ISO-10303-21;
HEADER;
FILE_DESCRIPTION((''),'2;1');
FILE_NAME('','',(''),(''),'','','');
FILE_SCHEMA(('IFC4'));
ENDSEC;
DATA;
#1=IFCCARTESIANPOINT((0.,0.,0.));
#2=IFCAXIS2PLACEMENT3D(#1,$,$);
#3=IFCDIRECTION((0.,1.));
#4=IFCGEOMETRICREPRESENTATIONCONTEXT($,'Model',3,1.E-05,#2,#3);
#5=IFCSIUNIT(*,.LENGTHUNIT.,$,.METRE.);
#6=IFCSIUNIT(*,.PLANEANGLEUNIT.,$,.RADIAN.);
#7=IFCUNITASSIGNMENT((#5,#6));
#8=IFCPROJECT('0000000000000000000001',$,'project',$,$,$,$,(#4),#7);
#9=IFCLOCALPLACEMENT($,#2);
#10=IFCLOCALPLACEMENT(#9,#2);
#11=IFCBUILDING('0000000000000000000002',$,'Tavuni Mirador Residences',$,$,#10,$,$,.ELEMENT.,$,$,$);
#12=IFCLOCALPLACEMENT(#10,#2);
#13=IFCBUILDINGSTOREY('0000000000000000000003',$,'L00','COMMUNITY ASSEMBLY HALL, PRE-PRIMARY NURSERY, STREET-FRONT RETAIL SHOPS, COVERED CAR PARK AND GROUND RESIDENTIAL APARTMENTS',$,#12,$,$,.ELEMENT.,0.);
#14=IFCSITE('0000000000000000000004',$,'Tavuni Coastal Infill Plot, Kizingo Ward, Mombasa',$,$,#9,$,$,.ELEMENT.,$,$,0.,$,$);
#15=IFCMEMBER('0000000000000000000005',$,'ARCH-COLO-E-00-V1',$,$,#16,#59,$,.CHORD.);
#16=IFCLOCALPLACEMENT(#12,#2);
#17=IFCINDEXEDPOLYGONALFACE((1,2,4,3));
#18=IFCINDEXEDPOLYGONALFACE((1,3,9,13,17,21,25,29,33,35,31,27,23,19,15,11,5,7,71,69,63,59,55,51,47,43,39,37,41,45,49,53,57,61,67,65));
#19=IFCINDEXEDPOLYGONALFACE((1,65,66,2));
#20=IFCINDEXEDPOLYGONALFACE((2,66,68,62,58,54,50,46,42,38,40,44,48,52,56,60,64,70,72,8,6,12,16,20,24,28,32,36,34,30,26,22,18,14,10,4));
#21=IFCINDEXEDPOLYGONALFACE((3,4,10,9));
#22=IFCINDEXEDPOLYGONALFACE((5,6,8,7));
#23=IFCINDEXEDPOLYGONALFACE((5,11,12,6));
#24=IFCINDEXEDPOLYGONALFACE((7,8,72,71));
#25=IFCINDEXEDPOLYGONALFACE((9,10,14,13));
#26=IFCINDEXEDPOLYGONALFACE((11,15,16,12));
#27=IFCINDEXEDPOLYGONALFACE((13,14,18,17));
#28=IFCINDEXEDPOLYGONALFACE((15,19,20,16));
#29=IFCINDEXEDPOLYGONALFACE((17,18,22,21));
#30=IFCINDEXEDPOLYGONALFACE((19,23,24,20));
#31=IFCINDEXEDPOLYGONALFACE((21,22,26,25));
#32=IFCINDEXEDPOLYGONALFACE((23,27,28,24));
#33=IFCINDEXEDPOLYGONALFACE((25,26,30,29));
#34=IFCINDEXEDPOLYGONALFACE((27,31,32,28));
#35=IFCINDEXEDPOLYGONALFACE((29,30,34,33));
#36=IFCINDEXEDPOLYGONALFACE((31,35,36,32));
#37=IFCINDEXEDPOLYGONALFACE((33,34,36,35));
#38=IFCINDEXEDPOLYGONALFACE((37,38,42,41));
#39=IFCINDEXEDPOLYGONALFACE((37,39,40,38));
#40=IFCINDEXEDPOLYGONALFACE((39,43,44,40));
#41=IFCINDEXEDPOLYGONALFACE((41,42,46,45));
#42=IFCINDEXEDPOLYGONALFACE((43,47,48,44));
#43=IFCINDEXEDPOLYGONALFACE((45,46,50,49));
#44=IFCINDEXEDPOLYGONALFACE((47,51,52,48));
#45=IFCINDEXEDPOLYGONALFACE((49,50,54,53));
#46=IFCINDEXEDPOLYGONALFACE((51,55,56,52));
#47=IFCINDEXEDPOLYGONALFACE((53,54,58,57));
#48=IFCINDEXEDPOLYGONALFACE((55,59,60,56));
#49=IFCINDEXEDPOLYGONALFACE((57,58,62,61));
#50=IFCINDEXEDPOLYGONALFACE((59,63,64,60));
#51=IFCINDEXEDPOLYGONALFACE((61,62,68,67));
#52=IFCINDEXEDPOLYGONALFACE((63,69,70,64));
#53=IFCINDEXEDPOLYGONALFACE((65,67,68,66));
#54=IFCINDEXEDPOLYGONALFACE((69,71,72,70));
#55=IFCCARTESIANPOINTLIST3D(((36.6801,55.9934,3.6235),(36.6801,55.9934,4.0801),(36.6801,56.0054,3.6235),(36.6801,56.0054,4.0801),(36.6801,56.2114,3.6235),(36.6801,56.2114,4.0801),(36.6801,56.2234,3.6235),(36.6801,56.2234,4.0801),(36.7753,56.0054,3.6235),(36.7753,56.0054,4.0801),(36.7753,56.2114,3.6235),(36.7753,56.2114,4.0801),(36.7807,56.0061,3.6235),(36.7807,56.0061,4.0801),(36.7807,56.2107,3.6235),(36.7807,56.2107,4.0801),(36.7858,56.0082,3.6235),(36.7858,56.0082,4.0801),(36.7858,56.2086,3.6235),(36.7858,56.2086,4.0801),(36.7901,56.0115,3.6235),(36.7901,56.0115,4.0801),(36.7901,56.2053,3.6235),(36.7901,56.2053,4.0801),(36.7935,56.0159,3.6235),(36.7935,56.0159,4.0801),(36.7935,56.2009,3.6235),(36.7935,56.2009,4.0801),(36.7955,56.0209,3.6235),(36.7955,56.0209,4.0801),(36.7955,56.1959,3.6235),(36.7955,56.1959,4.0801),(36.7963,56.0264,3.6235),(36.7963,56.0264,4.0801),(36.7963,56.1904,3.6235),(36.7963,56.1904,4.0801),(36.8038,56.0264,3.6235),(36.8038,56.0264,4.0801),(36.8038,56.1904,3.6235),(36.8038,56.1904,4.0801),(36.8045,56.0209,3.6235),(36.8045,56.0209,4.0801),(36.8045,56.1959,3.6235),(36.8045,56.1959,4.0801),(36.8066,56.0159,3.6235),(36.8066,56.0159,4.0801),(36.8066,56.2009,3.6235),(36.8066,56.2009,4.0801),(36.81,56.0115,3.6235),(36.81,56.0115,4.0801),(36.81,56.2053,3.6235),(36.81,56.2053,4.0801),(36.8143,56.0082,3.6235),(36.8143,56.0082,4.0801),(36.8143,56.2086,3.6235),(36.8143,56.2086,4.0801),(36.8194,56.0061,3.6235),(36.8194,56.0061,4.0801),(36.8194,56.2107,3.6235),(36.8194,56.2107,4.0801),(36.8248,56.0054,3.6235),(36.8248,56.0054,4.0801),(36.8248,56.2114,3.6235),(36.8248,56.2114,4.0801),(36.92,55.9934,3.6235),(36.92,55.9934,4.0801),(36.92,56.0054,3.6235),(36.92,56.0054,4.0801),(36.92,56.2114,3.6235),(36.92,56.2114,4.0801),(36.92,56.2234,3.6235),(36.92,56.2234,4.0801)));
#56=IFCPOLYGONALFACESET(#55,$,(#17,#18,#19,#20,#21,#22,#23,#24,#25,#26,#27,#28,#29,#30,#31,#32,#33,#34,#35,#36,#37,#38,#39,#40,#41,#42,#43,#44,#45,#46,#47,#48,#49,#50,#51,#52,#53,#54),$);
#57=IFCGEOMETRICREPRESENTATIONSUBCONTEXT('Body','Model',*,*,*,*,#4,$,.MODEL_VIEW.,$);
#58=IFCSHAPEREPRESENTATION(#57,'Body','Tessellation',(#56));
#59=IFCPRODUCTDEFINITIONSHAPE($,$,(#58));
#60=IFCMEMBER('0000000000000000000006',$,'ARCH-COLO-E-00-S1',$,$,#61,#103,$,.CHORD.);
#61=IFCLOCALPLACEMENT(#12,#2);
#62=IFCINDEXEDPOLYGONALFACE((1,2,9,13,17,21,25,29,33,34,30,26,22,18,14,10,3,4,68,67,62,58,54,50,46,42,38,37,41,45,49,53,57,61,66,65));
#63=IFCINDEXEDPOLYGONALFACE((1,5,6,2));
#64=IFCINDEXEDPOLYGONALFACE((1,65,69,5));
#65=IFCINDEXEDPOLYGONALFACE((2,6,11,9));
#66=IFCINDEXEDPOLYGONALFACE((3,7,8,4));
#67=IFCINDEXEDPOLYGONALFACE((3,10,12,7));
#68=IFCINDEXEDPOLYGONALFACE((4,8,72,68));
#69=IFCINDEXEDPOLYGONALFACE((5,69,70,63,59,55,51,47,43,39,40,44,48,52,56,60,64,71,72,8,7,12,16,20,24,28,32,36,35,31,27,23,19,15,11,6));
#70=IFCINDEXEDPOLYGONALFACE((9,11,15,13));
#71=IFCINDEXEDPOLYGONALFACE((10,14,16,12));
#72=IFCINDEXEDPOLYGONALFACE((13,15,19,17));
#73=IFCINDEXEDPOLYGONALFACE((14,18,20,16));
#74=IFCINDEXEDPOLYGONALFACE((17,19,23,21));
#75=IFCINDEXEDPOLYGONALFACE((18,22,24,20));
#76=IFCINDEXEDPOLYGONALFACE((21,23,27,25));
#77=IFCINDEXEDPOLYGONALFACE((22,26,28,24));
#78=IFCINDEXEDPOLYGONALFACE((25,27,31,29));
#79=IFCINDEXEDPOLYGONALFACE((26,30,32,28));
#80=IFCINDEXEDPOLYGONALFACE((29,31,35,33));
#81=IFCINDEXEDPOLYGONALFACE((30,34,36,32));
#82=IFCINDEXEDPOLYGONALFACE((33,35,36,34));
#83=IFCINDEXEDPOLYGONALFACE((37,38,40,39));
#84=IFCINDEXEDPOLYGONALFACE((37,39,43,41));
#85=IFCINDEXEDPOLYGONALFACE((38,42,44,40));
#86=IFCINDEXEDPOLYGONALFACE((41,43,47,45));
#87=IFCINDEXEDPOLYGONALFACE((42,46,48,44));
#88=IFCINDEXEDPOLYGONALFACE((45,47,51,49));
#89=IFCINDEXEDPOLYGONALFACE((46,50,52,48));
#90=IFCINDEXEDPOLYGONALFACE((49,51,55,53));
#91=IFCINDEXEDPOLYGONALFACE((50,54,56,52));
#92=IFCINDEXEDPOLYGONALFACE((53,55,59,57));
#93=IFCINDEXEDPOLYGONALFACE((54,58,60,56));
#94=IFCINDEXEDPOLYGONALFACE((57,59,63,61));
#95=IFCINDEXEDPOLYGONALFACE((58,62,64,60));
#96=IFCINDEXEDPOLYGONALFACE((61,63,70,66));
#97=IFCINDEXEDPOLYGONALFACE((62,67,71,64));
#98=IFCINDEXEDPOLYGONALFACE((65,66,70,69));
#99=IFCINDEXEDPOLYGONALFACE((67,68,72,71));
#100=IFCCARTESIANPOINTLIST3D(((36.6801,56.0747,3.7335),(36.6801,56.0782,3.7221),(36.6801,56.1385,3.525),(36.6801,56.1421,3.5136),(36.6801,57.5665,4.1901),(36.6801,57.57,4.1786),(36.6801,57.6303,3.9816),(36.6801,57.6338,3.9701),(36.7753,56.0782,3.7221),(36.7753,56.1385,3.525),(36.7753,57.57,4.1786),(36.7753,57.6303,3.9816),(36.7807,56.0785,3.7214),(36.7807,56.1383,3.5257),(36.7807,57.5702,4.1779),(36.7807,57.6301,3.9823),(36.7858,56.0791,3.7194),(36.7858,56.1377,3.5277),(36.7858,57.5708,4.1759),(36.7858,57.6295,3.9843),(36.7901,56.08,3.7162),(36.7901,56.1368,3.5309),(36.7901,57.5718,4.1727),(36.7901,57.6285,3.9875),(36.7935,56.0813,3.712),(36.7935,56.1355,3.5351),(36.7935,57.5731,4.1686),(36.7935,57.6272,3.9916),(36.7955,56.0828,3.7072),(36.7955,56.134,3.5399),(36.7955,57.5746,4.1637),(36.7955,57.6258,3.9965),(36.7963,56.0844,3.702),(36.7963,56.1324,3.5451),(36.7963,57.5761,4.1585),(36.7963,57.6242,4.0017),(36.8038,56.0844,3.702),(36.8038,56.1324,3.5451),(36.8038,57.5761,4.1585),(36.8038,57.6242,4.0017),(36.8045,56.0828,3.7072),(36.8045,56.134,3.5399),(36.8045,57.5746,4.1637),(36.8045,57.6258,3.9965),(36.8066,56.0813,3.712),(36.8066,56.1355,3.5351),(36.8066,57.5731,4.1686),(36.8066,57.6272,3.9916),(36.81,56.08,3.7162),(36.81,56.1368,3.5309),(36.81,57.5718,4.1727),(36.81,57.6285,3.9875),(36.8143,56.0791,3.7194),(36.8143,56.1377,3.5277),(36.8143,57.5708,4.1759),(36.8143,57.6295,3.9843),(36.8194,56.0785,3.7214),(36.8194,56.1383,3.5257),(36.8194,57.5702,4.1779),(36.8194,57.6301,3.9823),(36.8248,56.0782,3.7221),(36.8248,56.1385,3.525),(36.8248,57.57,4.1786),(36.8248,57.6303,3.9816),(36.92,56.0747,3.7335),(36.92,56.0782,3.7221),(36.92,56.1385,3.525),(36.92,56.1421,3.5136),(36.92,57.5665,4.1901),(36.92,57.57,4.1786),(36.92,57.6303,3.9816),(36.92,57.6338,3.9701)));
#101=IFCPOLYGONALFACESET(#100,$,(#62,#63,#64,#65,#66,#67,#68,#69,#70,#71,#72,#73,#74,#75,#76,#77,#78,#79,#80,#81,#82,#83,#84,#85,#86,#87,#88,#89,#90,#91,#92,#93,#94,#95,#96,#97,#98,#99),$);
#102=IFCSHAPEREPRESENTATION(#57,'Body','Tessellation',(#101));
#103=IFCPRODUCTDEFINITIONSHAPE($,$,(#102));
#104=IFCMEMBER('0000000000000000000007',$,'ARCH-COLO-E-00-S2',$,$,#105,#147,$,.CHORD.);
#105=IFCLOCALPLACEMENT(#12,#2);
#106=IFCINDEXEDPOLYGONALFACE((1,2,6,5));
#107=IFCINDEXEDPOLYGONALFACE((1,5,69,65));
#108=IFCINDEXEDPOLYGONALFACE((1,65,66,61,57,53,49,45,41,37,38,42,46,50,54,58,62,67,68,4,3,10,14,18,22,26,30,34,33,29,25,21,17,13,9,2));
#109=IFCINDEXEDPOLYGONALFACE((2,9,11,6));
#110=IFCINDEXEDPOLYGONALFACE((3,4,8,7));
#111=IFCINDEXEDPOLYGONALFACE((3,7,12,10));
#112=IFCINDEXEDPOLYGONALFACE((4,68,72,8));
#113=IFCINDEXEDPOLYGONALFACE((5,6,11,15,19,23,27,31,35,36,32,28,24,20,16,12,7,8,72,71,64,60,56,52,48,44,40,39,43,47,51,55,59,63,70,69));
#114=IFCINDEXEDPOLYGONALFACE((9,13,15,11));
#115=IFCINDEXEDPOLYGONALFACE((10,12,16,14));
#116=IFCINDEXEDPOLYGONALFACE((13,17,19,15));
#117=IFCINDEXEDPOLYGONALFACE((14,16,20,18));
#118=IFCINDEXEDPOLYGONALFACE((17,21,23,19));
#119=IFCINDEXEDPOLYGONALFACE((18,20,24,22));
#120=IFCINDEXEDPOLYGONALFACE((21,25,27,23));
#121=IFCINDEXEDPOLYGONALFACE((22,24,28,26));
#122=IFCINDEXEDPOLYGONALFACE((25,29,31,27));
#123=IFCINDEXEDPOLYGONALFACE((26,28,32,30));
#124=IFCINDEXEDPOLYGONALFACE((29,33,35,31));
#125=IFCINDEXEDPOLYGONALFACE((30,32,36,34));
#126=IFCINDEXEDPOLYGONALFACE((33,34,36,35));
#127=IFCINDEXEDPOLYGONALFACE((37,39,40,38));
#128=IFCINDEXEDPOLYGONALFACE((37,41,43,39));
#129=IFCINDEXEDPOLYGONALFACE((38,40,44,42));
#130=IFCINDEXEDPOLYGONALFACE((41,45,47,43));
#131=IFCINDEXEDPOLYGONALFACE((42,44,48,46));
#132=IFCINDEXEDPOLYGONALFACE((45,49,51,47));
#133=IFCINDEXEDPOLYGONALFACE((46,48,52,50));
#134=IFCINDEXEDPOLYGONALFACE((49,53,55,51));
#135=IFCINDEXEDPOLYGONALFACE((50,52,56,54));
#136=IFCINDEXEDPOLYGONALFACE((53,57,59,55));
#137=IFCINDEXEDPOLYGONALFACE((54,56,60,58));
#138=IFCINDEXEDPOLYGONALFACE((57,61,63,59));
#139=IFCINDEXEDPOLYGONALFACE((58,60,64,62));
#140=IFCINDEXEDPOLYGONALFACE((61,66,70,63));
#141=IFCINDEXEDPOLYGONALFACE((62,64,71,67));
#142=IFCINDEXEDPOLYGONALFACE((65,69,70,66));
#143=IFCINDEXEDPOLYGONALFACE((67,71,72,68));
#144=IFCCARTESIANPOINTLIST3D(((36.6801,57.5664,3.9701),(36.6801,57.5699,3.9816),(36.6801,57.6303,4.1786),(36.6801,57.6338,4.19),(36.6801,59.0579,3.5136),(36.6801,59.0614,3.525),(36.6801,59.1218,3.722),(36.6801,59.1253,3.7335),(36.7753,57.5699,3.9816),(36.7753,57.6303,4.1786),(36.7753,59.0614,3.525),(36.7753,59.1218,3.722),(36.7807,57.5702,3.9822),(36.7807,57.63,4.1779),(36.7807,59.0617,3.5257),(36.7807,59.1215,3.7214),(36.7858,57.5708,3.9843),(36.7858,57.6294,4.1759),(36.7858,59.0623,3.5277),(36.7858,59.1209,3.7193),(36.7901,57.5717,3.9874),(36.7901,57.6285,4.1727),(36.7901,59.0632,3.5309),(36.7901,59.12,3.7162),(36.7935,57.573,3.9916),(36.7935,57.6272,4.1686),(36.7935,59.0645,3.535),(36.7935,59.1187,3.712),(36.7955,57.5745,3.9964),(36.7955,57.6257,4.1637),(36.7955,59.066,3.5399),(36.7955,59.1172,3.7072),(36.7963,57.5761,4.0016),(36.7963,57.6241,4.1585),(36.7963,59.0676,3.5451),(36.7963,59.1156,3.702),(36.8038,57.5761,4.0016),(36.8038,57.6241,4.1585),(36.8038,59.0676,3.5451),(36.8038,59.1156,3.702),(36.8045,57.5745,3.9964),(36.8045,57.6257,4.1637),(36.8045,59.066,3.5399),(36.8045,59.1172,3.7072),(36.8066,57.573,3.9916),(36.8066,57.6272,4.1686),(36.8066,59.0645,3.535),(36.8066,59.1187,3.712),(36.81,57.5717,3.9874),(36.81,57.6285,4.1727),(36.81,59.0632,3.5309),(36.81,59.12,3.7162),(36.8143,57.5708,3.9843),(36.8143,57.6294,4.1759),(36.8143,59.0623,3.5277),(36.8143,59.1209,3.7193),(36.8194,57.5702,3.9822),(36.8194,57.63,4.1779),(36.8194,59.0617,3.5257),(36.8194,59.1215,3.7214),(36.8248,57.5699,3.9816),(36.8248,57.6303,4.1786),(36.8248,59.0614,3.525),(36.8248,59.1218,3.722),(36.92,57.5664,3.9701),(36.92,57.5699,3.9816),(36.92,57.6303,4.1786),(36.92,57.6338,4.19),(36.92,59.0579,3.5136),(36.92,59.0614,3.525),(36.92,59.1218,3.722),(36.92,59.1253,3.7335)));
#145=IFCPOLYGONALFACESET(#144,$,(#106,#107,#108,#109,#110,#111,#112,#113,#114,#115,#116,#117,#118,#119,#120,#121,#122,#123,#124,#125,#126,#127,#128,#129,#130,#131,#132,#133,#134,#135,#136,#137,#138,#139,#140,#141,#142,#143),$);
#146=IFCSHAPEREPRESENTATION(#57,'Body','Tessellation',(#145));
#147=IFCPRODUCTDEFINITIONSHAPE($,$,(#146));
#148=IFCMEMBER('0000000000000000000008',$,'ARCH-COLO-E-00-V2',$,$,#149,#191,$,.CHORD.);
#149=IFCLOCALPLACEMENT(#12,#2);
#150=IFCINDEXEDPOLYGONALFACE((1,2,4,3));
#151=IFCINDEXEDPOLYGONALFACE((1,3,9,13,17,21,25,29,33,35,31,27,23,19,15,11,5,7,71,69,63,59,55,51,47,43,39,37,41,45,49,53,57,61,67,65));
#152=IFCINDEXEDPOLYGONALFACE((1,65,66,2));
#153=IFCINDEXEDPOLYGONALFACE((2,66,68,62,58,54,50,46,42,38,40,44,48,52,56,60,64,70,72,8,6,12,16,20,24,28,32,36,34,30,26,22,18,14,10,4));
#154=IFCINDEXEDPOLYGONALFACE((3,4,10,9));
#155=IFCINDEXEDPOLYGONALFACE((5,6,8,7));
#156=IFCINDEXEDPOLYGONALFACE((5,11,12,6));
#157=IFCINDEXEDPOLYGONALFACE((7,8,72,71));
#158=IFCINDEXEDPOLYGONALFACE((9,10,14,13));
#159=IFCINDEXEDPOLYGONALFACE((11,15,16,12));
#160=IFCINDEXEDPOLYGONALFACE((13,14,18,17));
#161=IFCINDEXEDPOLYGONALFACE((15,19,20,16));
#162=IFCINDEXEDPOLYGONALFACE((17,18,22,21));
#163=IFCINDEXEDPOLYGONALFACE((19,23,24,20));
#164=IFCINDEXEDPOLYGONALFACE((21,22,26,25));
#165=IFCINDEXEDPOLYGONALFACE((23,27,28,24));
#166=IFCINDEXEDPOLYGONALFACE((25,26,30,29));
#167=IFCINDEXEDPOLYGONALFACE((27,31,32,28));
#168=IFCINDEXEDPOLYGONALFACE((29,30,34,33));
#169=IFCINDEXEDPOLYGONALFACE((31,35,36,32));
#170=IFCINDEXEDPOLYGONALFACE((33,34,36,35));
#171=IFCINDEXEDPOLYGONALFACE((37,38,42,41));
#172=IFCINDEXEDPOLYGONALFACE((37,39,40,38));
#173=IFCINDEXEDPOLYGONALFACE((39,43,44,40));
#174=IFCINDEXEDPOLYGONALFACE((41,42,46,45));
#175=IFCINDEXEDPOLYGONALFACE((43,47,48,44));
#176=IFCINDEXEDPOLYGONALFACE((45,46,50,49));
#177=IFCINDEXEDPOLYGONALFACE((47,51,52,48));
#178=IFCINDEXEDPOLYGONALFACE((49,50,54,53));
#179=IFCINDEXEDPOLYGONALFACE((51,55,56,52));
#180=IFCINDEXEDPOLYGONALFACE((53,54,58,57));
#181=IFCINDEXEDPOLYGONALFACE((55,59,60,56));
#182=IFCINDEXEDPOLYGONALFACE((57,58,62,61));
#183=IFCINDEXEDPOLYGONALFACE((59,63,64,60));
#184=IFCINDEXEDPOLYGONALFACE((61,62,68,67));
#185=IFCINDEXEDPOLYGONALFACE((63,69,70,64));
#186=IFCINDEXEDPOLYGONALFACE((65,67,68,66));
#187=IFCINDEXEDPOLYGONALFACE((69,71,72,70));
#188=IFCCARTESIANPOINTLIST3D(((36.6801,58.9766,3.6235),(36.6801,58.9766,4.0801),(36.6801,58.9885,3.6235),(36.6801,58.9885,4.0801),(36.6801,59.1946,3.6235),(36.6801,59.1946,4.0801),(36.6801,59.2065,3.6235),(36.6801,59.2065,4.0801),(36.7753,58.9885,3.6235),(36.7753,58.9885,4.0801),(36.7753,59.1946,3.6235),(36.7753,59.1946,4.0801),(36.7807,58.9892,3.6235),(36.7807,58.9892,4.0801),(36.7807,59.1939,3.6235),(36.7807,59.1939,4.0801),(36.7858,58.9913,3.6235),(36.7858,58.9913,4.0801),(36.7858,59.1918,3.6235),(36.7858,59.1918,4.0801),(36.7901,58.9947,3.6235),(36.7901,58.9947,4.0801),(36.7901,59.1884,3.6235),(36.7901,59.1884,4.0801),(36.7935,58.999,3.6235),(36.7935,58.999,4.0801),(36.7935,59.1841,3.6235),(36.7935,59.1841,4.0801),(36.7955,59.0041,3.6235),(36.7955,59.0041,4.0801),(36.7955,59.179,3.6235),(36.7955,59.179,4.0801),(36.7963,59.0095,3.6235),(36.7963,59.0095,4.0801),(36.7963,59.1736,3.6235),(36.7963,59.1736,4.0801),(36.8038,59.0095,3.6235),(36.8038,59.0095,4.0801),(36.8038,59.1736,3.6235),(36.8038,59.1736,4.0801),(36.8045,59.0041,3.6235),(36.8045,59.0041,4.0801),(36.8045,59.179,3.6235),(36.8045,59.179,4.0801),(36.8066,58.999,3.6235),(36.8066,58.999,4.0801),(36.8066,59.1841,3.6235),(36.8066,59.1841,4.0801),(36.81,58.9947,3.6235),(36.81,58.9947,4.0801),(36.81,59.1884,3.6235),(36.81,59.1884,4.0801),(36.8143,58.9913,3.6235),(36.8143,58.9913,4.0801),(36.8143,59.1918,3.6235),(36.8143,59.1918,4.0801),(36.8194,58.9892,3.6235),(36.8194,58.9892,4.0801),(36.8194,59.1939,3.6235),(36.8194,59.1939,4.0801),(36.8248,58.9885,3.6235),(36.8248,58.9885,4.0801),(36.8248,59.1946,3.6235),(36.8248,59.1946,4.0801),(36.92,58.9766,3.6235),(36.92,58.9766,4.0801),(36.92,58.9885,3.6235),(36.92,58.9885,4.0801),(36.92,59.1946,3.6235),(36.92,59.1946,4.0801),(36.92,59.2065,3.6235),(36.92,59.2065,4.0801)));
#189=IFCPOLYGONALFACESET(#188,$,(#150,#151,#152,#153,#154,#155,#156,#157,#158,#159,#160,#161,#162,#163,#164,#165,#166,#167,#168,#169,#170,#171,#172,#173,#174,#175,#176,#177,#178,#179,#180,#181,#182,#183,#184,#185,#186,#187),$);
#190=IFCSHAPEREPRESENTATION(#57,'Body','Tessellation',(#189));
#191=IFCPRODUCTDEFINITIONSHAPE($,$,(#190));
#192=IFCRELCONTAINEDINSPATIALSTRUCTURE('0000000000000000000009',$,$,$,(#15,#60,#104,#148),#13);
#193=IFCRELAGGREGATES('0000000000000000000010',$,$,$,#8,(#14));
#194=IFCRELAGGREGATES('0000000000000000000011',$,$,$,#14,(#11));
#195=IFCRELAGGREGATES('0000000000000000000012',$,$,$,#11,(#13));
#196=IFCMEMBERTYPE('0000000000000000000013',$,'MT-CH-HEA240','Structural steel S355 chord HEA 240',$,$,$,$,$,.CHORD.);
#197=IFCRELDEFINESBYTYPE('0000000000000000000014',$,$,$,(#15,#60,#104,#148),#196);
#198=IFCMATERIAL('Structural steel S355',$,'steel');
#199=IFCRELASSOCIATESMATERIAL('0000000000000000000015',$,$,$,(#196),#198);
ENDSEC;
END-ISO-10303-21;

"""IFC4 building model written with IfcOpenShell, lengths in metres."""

from ifc_helpers import new_model, si_unit, direction, frame, origin, origin_2d, place, context, subcontext, project, spatial, i_section, extrude, material, material_profile, profile_set, type_object, element, save


model = new_model("IFC4")

# Units and contexts
model_context = context("Model", 3, precision=1e-05, world=origin(), true_north=direction((0.0, 1.0)))
body_context = subcontext(model_context, "Body", "Model", "MODEL_VIEW")
ifc_project = project(units=[si_unit("LENGTHUNIT", "METRE"), si_unit("PLANEANGLEUNIT", "RADIAN")], contexts=[model_context])

# Site, building, storey
site_placement = place(None, origin())
site = spatial("IfcSite", under=ifc_project, at=site_placement, Name="Tavuni Coastal Infill Plot, Kizingo Ward, Mombasa", CompositionType="ELEMENT", RefElevation=0.0)
building_placement = place(site_placement, origin())
building = spatial("IfcBuilding", under=site, at=building_placement, Name="Tavuni Mirador Residences", CompositionType="ELEMENT")
storey_placement = place(building_placement, origin())
storey = spatial("IfcBuildingStorey", under=building, at=storey_placement, Name="L00", Description="COMMUNITY ASSEMBLY HALL, PRE-PRIMARY NURSERY, STREET-FRONT RETAIL SHOPS, COVERED CAR PARK AND GROUND RESIDENTIAL APARTMENTS", CompositionType="ELEMENT", Elevation=0.0)

# Shared definitions
ifc_material_1 = material(Name="Structural steel S355", Category="steel")

# Members
ifc_material_profile_1 = material_profile(ifc_material_1, i_section(OverallWidth=0.24, OverallDepth=0.23, WebThickness=0.0076, FlangeThickness=0.012, FilletRadius=0.021, at=origin_2d()), Name="HEA 240", Category="steel")
ifc_profile_set_1 = profile_set([ifc_material_profile_1], Name="Structural steel S355")
member_type = type_object("IfcMemberType", Name="MT-CH-HEA240", Description="Structural steel S355 chord HEA 240", PredefinedType="CHORD", material=ifc_profile_set_1)
member_1_placement = place(storey_placement, frame((36.8, 56.1084, 3.6235), z_axis=(0.0, 0.0, 1.0), x_axis=(1.0, 0.0, 0.0)))
element("IfcMember", 1, at=member_1_placement, inside=storey, type_object=member_type, Name="ARCH-COLO-E-00-V1", PredefinedType="CHORD", context=body_context, shape_type="SweptSolid", body=[
    extrude(i_section(OverallWidth=0.24, OverallDepth=0.23, WebThickness=0.0076, FlangeThickness=0.012, FilletRadius=0.021, at=origin_2d()), origin(), (0.0, 0.0, 1.0), 0.4565),
])
member_2_placement = place(storey_placement, frame((36.8, 56.1084, 3.6235), z_axis=(0.0, 0.956218, 0.292656), x_axis=(-1.0, 0.0, 0.0)))
element("IfcMember", 2, at=member_2_placement, inside=storey, type_object=member_type, Name="ARCH-COLO-E-00-S1", PredefinedType="CHORD", context=body_context, shape_type="SweptSolid", body=[
    extrude(i_section(OverallWidth=0.24, OverallDepth=0.23, WebThickness=0.0076, FlangeThickness=0.012, FilletRadius=0.021, at=origin_2d()), origin(), (0.0, 0.0, 1.0), 1.5601),
])
member_3_placement = place(storey_placement, frame((36.8, 57.6001, 4.0801), z_axis=(0.0, 0.956204, -0.2927), x_axis=(-1.0, 0.0, 0.0)))
element("IfcMember", 3, at=member_3_placement, inside=storey, type_object=member_type, Name="ARCH-COLO-E-00-S2", PredefinedType="CHORD", context=body_context, shape_type="SweptSolid", body=[
    extrude(i_section(OverallWidth=0.24, OverallDepth=0.23, WebThickness=0.0076, FlangeThickness=0.012, FilletRadius=0.021, at=origin_2d()), origin(), (0.0, 0.0, 1.0), 1.5598),
])
member_4_placement = place(storey_placement, frame((36.8, 59.0916, 3.6235), z_axis=(0.0, 0.0, 1.0), x_axis=(1.0, 0.0, 0.0)))
element("IfcMember", 4, at=member_4_placement, inside=storey, type_object=member_type, Name="ARCH-COLO-E-00-V2", PredefinedType="CHORD", context=body_context, shape_type="SweptSolid", body=[
    extrude(i_section(OverallWidth=0.24, OverallDepth=0.23, WebThickness=0.0076, FlangeThickness=0.012, FilletRadius=0.021, at=origin_2d()), origin(), (0.0, 0.0, 1.0), 0.4565),
])

save(model, "model.ifc")
